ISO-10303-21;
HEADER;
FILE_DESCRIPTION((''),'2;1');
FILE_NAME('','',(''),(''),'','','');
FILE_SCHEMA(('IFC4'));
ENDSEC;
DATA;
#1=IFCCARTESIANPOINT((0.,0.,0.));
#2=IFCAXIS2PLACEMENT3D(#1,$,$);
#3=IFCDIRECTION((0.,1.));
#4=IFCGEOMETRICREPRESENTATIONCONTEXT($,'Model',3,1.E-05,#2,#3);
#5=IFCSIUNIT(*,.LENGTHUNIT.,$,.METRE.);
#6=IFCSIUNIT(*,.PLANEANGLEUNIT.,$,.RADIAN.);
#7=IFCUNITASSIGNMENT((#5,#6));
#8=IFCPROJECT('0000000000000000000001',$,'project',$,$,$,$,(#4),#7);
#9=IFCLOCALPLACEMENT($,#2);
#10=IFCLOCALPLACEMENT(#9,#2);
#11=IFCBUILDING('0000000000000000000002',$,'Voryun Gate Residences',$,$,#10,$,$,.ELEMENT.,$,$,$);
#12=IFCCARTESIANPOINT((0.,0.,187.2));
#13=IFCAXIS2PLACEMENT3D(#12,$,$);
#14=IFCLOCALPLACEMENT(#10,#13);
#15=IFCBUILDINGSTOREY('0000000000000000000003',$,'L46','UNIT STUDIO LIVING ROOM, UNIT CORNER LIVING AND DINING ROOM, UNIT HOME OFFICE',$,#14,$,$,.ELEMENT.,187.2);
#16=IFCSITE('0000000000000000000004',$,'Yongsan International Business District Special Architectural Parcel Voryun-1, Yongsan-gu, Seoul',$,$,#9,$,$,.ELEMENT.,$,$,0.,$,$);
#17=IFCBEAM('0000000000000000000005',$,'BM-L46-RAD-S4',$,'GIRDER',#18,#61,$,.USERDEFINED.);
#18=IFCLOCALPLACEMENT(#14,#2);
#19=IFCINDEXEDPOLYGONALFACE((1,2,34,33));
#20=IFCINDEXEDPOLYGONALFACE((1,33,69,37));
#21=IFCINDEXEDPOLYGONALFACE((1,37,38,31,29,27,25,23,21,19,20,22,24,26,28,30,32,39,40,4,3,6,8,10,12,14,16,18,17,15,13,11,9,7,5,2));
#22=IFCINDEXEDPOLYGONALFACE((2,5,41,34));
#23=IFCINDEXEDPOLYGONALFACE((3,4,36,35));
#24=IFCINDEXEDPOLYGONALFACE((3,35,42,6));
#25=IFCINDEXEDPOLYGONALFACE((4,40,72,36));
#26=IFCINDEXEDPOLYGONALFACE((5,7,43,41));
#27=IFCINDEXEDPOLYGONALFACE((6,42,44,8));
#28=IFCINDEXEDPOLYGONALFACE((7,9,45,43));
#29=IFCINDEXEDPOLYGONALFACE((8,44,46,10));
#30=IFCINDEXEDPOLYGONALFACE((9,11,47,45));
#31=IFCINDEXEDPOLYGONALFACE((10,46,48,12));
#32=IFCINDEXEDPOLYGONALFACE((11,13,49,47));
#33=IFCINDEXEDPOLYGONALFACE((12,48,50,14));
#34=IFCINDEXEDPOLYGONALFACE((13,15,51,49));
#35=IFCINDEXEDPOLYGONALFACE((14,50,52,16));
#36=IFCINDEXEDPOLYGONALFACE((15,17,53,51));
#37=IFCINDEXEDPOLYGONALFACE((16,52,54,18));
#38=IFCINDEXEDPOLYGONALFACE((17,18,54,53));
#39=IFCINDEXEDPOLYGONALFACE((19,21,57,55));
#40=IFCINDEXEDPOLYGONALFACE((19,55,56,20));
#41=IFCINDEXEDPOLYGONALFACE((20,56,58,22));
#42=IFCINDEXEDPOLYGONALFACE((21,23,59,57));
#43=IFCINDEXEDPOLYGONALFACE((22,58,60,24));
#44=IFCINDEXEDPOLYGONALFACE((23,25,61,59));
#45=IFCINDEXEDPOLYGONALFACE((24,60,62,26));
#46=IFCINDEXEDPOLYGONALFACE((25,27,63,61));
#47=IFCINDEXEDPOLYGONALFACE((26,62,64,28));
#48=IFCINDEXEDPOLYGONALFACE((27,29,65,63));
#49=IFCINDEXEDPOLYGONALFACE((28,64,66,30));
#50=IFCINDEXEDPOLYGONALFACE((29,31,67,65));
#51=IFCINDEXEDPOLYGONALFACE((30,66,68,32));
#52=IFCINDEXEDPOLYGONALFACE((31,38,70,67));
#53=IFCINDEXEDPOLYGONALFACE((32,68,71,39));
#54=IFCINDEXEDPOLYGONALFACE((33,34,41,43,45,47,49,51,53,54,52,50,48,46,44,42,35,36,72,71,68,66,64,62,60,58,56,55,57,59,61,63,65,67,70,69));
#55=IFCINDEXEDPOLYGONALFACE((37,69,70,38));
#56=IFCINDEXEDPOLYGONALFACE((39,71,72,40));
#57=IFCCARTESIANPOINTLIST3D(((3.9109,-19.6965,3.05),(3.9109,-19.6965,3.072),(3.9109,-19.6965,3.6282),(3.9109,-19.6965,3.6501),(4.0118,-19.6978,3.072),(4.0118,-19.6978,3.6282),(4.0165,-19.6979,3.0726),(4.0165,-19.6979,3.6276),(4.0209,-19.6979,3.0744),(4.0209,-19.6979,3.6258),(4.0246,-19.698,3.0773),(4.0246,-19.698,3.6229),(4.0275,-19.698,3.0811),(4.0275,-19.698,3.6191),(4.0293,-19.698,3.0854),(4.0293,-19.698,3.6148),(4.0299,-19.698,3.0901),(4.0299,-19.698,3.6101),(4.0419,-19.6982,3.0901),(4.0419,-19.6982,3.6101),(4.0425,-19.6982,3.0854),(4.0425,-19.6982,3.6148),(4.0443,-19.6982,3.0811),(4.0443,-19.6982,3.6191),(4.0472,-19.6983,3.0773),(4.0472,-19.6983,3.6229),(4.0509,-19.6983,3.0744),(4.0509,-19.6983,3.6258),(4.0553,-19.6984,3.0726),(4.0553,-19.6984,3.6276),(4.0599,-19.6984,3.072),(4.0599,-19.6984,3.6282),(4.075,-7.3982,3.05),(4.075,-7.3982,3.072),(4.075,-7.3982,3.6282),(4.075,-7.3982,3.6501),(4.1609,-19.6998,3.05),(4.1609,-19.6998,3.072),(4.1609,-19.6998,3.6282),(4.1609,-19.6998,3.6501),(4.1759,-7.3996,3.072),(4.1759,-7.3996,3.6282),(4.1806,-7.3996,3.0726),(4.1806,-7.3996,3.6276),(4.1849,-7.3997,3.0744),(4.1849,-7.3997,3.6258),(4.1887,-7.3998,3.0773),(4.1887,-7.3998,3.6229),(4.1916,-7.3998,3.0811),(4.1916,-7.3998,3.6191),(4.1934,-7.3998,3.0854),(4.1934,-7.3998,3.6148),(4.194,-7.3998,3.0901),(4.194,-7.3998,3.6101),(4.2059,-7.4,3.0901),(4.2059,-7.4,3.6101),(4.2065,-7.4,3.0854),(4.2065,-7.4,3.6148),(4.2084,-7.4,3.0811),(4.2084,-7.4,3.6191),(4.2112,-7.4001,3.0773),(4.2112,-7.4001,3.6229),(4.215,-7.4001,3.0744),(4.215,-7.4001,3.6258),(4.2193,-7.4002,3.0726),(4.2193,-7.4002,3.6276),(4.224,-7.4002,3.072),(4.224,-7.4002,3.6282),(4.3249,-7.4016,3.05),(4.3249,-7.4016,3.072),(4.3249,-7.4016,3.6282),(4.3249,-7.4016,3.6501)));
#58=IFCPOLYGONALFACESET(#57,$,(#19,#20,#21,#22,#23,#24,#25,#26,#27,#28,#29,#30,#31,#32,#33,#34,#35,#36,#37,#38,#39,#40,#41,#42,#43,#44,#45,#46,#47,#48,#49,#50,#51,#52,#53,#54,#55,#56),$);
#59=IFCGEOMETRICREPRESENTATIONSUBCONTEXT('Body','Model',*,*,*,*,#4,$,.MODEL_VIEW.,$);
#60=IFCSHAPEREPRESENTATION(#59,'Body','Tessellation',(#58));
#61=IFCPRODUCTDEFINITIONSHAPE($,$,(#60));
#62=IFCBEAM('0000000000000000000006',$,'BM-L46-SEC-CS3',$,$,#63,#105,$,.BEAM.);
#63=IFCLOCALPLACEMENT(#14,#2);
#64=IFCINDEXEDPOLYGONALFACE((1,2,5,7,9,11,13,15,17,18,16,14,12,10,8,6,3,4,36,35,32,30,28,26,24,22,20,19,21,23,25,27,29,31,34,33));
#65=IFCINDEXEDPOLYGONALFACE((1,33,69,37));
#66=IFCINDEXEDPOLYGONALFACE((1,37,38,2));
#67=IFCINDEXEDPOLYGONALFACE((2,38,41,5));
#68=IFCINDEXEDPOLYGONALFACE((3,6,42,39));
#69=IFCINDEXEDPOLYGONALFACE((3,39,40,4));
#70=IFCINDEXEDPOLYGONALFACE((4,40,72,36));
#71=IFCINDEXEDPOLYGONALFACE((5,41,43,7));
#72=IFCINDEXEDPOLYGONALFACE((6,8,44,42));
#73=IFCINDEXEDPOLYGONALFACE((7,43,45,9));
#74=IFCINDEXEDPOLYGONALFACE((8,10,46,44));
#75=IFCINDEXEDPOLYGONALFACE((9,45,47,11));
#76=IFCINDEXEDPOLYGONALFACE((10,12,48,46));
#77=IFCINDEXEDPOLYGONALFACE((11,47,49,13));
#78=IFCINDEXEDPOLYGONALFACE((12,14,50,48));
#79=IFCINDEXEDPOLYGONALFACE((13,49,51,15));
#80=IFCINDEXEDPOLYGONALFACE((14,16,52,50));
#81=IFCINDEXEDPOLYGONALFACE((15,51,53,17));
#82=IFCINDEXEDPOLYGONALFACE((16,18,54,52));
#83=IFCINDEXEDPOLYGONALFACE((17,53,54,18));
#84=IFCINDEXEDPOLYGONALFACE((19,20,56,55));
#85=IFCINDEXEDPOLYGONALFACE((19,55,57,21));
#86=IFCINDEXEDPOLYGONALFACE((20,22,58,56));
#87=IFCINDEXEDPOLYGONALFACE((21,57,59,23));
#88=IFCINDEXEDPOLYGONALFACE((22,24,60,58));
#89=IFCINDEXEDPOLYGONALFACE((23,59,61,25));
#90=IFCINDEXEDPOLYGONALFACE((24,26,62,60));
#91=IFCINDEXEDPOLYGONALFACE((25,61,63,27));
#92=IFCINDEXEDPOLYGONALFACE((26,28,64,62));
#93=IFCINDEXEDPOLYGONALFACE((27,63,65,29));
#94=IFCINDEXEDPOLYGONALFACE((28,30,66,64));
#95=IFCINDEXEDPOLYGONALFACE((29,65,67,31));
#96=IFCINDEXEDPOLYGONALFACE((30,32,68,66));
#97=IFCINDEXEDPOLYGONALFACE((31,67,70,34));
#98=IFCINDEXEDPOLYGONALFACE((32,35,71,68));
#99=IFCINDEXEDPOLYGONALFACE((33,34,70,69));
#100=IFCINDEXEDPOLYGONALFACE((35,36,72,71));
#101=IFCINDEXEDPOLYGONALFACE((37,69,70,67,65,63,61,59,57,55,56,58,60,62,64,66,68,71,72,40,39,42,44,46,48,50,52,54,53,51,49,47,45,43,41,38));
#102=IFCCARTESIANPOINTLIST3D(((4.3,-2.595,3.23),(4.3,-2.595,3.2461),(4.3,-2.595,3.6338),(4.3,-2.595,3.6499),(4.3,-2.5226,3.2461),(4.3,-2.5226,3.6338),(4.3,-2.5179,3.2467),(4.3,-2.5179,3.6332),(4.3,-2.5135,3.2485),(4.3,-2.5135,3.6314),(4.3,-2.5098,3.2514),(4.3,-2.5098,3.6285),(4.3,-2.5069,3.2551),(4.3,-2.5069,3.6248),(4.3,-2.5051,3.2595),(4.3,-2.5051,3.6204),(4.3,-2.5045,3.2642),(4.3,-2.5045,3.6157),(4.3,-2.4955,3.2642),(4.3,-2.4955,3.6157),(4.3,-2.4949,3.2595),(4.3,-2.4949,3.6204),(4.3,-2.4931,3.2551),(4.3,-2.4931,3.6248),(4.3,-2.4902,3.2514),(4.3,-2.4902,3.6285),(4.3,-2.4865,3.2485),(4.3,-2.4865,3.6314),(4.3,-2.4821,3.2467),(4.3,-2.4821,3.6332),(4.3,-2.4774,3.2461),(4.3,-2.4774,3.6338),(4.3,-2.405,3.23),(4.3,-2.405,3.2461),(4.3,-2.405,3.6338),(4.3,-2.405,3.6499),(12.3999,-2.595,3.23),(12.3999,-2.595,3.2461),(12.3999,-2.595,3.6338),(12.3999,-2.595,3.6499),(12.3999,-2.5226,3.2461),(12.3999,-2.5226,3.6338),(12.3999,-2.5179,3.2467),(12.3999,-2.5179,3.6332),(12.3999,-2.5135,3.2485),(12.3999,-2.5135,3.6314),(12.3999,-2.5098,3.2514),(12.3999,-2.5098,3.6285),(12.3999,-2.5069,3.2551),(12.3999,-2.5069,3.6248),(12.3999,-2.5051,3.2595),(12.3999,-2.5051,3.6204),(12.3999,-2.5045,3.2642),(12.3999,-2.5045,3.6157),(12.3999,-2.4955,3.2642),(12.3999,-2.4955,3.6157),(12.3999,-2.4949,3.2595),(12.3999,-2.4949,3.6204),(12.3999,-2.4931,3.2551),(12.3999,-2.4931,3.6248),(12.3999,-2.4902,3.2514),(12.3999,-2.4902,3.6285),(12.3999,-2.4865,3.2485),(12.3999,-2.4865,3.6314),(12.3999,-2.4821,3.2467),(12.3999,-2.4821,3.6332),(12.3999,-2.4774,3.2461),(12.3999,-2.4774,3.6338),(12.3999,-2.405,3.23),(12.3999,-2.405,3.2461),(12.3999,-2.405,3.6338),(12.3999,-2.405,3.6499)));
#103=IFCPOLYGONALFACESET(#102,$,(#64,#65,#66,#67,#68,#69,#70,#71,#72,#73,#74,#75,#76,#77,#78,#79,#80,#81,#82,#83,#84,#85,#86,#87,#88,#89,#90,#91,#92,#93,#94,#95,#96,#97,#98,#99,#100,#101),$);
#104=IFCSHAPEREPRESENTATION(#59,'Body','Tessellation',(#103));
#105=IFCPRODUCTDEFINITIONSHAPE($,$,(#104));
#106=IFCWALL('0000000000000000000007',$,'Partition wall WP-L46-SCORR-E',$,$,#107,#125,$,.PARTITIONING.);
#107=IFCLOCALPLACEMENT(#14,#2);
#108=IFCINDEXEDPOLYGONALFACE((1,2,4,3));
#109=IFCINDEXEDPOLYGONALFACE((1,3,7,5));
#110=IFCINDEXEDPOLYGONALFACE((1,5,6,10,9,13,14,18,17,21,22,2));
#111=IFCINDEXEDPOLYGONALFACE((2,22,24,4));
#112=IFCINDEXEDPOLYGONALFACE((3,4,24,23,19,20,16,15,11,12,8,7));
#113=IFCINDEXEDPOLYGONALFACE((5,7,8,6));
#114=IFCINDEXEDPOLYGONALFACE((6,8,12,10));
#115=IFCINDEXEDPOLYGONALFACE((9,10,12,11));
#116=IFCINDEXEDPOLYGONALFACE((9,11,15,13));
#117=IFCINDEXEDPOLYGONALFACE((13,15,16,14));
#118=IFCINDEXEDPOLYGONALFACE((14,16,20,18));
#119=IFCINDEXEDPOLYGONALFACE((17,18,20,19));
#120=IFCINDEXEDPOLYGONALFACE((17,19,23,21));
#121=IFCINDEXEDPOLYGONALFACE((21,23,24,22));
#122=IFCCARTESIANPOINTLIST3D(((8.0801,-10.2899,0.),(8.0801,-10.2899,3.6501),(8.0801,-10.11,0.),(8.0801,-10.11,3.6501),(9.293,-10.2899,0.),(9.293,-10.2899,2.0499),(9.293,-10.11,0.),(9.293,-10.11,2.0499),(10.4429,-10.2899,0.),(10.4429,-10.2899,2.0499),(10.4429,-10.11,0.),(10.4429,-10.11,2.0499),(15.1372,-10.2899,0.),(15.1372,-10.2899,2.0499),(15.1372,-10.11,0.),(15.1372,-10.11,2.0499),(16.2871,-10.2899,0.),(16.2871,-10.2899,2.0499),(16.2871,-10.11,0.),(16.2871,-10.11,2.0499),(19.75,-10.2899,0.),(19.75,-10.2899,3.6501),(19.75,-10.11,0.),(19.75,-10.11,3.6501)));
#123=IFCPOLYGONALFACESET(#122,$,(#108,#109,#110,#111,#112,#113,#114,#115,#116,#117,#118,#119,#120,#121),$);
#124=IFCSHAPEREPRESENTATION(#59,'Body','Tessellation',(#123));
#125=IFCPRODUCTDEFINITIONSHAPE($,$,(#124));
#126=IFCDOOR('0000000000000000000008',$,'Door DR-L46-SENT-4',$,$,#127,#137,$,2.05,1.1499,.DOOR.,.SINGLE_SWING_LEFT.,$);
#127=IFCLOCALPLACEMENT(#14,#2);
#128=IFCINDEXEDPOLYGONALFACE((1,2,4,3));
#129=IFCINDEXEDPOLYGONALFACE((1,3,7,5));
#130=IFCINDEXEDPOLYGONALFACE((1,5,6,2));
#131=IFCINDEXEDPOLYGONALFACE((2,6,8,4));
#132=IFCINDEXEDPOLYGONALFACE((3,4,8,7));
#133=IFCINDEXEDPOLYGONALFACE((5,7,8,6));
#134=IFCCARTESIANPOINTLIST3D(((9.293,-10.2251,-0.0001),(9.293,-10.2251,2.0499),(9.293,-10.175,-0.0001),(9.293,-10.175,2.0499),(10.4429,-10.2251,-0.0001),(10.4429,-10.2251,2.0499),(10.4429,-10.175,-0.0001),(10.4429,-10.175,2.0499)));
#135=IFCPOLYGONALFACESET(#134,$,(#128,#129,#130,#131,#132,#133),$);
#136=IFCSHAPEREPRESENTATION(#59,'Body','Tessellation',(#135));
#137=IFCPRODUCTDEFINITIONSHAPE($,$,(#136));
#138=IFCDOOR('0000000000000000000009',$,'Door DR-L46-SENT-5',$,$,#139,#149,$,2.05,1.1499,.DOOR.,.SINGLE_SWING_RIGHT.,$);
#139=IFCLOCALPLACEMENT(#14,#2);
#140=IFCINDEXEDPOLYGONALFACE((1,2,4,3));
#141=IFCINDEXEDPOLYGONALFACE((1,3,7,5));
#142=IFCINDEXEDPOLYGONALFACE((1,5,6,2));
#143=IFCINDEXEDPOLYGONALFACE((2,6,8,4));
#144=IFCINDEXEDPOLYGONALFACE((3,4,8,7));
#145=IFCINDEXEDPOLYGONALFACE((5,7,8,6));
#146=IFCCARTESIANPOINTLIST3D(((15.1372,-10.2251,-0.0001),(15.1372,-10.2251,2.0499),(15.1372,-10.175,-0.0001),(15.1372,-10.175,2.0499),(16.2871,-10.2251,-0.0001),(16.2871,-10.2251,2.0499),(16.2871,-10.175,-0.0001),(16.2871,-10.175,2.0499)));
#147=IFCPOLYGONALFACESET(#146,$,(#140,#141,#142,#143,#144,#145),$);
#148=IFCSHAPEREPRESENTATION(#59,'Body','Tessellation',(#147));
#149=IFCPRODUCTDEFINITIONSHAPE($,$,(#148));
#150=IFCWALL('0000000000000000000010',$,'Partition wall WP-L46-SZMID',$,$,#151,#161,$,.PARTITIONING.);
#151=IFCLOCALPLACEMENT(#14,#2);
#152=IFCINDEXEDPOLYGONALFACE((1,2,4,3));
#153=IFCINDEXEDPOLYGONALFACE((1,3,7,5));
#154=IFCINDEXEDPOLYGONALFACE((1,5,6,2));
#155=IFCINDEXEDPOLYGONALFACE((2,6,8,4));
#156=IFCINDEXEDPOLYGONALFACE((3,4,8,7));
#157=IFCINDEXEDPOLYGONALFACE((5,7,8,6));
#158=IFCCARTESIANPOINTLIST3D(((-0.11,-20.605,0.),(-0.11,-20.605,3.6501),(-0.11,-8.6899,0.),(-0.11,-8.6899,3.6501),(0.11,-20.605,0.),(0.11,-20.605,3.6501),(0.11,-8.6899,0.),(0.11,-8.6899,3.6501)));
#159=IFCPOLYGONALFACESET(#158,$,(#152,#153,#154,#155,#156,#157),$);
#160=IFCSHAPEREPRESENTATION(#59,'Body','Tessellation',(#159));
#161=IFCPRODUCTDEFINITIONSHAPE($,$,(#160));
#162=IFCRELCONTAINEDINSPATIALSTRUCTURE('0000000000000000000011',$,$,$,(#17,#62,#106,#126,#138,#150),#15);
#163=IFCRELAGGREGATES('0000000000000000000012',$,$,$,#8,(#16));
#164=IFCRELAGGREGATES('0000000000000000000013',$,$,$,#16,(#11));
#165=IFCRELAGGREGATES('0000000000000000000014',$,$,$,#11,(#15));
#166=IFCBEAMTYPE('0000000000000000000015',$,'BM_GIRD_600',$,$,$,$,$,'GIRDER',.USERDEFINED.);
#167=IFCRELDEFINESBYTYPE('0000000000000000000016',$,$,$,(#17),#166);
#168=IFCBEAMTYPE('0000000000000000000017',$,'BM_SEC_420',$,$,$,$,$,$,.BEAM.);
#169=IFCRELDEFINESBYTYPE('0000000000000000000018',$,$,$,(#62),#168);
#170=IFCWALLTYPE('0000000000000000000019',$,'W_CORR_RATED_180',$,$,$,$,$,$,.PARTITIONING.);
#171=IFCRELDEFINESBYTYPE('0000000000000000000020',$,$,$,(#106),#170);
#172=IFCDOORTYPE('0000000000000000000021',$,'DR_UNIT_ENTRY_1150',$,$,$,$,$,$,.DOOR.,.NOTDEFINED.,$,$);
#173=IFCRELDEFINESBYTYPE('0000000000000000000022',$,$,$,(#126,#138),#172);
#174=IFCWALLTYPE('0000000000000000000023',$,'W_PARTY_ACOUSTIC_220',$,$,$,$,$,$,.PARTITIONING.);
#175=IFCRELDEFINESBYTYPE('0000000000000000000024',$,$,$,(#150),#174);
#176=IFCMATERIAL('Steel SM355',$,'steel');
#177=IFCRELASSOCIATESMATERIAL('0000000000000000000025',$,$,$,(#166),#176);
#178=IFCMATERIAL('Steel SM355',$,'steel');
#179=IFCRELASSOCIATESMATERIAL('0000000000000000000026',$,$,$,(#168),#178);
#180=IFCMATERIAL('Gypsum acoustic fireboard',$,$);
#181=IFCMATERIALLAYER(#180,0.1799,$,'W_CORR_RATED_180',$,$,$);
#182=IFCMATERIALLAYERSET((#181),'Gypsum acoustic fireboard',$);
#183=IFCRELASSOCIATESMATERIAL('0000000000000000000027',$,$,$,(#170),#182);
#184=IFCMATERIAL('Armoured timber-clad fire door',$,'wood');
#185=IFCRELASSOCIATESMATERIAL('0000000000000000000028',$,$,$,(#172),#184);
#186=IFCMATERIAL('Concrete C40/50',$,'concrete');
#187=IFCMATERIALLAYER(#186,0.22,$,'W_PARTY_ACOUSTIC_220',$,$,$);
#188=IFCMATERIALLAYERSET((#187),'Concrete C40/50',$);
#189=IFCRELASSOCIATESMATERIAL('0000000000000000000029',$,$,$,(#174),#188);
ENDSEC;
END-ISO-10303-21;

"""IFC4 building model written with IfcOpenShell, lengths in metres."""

from ifc_helpers import new_model, si_unit, direction, frame, frame_2d, origin, origin_2d, place, context, subcontext, project, spatial, rectangle, i_section, extrude, material, layer, layer_set, material_profile, profile_set, type_object, element, fill, save


model = new_model("IFC4")

# Units and contexts
model_context = context("Model", 3, precision=1e-05, world=origin(), true_north=direction((0.0, 1.0)))
body_context = subcontext(model_context, "Body", "Model", "MODEL_VIEW")
ifc_project = project(units=[si_unit("LENGTHUNIT", "METRE"), si_unit("PLANEANGLEUNIT", "RADIAN")], contexts=[model_context])

# Site, building, storey
site_placement = place(None, origin())
site = spatial("IfcSite", under=ifc_project, at=site_placement, Name="Yongsan International Business District Special Architectural Parcel Voryun-1, Yongsan-gu, Seoul", CompositionType="ELEMENT", RefElevation=0.0)
building_placement = place(site_placement, origin())
building = spatial("IfcBuilding", under=site, at=building_placement, Name="Voryun Gate Residences", CompositionType="ELEMENT")
storey_placement = place(building_placement, frame((0.0, 0.0, 187.2)))
storey = spatial("IfcBuildingStorey", under=building, at=storey_placement, Name="L46", Description="UNIT STUDIO LIVING ROOM, UNIT CORNER LIVING AND DINING ROOM, UNIT HOME OFFICE", CompositionType="ELEMENT", Elevation=187.2)

# Beams
ifc_material_1 = material(Name="Steel SM355", Category="steel")
ifc_material_profile_1 = material_profile(ifc_material_1, i_section(OverallWidth=0.25, OverallDepth=0.6001, WebThickness=0.012, FlangeThickness=0.022, FilletRadius=0.0181, at=origin_2d()), Name="H-600x250x12x22")
ifc_profile_set_1 = profile_set([ifc_material_profile_1], Name="Steel SM355")
beam_type_1 = type_object("IfcBeamType", Name="BM_GIRD_600", ElementType="GIRDER", PredefinedType="USERDEFINED", material=ifc_profile_set_1)
beam_1_placement = place(storey_placement, frame((4.2, -7.3999, 3.3501), z_axis=(-0.013339, -0.999911, 0.0), x_axis=(0.999911, -0.013339, 0.0)))
element("IfcBeam", 1, at=beam_1_placement, inside=storey, type_object=beam_type_1, Name="BM-L46-RAD-S4", ObjectType="GIRDER", PredefinedType="USERDEFINED", context=body_context, shape_type="SweptSolid", body=[
    extrude(i_section(OverallWidth=0.25, OverallDepth=0.6001, WebThickness=0.012, FlangeThickness=0.022, FilletRadius=0.0181, at=origin_2d()), origin(), (0.0, 0.0, 1.0), 12.2993),
])
ifc_material_2 = material(Name="Steel SM355", Category="steel")
ifc_material_profile_2 = material_profile(ifc_material_2, i_section(OverallWidth=0.1899, OverallDepth=0.4199, WebThickness=0.009, FlangeThickness=0.0161, FilletRadius=0.0181, at=origin_2d()), Name="H-420x190x9x16")
ifc_profile_set_2 = profile_set([ifc_material_profile_2], Name="Steel SM355")
beam_type_2 = type_object("IfcBeamType", Name="BM_SEC_420", PredefinedType="BEAM", material=ifc_profile_set_2)
beam_2_placement = place(storey_placement, frame((4.3, -2.5, 3.4399), z_axis=(1.0, 0.0, 0.0), x_axis=(0.0, 1.0, 0.0)))
element("IfcBeam", 2, at=beam_2_placement, inside=storey, type_object=beam_type_2, Name="BM-L46-SEC-CS3", PredefinedType="BEAM", context=body_context, shape_type="SweptSolid", body=[
    extrude(i_section(OverallWidth=0.1899, OverallDepth=0.4199, WebThickness=0.009, FlangeThickness=0.0161, FilletRadius=0.0181, at=origin_2d()), origin(), (0.0, 0.0, 1.0), 8.0999),
])

# Wall, openings, doors
ifc_material_3 = material(Name="Gypsum acoustic fireboard")
ifc_layer_1 = layer(ifc_material_3, 0.1799, Name="W_CORR_RATED_180")
ifc_layer_set_1 = layer_set([ifc_layer_1], Name="Gypsum acoustic fireboard")
wall_type_1 = type_object("IfcWallType", Name="W_CORR_RATED_180", PredefinedType="PARTITIONING", material=ifc_layer_set_1)
wall_1_placement = place(storey_placement, frame((8.0801, -10.2, 0.0), z_axis=(0.0, 0.0, 1.0), x_axis=(1.0, 0.0, 0.0)))
wall_1 = element("IfcWall", 3, at=wall_1_placement, inside=storey, type_object=wall_type_1, Name="Partition wall WP-L46-SCORR-E", PredefinedType="PARTITIONING", context=body_context, shape_type="SweptSolid", body=[
    extrude(rectangle(XDim=11.6699, YDim=0.1799, at=frame_2d((5.835, 0.0))), origin(), (0.0, 0.0, 1.0), 3.6501),
])
opening_1_placement = place(wall_1_placement, frame((1.2129, 0.0, 0.0)))
opening_1 = element("IfcOpeningElement", 4, at=opening_1_placement, cuts=wall_1, PredefinedType="OPENING", context=body_context, shape_type="SweptSolid", body=[
    extrude(rectangle(XDim=1.1499, YDim=2.05, at=frame_2d((0.575, 1.0249))), frame((0.0, 0.0999, 0.0), z_axis=(0.0, -1.0, 0.0), x_axis=(1.0, 0.0, 0.0)), (0.0, 0.0, 1.0), 0.2),
])
opening_2_placement = place(wall_1_placement, frame((7.0571, 0.0, 0.0)))
opening_2 = element("IfcOpeningElement", 5, at=opening_2_placement, cuts=wall_1, PredefinedType="OPENING", context=body_context, shape_type="SweptSolid", body=[
    extrude(rectangle(XDim=1.1499, YDim=2.05, at=frame_2d((0.575, 1.0249))), frame((0.0, 0.0999, 0.0), z_axis=(0.0, -1.0, 0.0), x_axis=(1.0, 0.0, 0.0)), (0.0, 0.0, 1.0), 0.2),
])
ifc_material_4 = material(Name="Armoured timber-clad fire door", Category="wood")
door_type_1 = type_object("IfcDoorType", Name="DR_UNIT_ENTRY_1150", OperationType="NOTDEFINED", PredefinedType="DOOR", material=ifc_material_4)
door_1_placement = place(opening_1_placement, origin())
door_1 = element("IfcDoor", 6, at=door_1_placement, inside=storey, type_object=door_type_1, Name="Door DR-L46-SENT-4", OperationType="SINGLE_SWING_LEFT", OverallHeight=2.05, OverallWidth=1.1499, PredefinedType="DOOR", context=body_context, shape_type="SweptSolid", body=[
    extrude(rectangle(XDim=1.1499, YDim=2.05, at=frame_2d((0.575, 1.0249))), frame((0.0, 0.0249, 0.0), z_axis=(0.0, -1.0, 0.0), x_axis=(1.0, 0.0, 0.0)), (0.0, 0.0, 1.0), 0.05),
])
fill(opening_1, door_1)
door_2_placement = place(opening_2_placement, origin())
door_2 = element("IfcDoor", 7, at=door_2_placement, inside=storey, type_object=door_type_1, Name="Door DR-L46-SENT-5", OperationType="SINGLE_SWING_RIGHT", OverallHeight=2.05, OverallWidth=1.1499, PredefinedType="DOOR", context=body_context, shape_type="SweptSolid", body=[
    extrude(rectangle(XDim=1.1499, YDim=2.05, at=frame_2d((0.575, 1.0249))), frame((0.0, 0.0249, 0.0), z_axis=(0.0, -1.0, 0.0), x_axis=(1.0, 0.0, 0.0)), (0.0, 0.0, 1.0), 0.05),
])
fill(opening_2, door_2)

# Wall
ifc_material_5 = material(Name="Concrete C40/50", Category="concrete")
ifc_layer_2 = layer(ifc_material_5, 0.22, Name="W_PARTY_ACOUSTIC_220")
ifc_layer_set_2 = layer_set([ifc_layer_2], Name="Concrete C40/50")
wall_type_2 = type_object("IfcWallType", Name="W_PARTY_ACOUSTIC_220", PredefinedType="PARTITIONING", material=ifc_layer_set_2)
wall_2_placement = place(storey_placement, frame((0.0, -20.605, 0.0), z_axis=(0.0, 0.0, 1.0), x_axis=(0.0, 1.0, 0.0)))
element("IfcWall", 8, at=wall_2_placement, inside=storey, type_object=wall_type_2, Name="Partition wall WP-L46-SZMID", PredefinedType="PARTITIONING", context=body_context, shape_type="SweptSolid", body=[
    extrude(rectangle(XDim=11.915, YDim=0.22, at=frame_2d((5.9575, 0.0))), origin(), (0.0, 0.0, 1.0), 3.6501),
])

save(model, "model.ifc")
